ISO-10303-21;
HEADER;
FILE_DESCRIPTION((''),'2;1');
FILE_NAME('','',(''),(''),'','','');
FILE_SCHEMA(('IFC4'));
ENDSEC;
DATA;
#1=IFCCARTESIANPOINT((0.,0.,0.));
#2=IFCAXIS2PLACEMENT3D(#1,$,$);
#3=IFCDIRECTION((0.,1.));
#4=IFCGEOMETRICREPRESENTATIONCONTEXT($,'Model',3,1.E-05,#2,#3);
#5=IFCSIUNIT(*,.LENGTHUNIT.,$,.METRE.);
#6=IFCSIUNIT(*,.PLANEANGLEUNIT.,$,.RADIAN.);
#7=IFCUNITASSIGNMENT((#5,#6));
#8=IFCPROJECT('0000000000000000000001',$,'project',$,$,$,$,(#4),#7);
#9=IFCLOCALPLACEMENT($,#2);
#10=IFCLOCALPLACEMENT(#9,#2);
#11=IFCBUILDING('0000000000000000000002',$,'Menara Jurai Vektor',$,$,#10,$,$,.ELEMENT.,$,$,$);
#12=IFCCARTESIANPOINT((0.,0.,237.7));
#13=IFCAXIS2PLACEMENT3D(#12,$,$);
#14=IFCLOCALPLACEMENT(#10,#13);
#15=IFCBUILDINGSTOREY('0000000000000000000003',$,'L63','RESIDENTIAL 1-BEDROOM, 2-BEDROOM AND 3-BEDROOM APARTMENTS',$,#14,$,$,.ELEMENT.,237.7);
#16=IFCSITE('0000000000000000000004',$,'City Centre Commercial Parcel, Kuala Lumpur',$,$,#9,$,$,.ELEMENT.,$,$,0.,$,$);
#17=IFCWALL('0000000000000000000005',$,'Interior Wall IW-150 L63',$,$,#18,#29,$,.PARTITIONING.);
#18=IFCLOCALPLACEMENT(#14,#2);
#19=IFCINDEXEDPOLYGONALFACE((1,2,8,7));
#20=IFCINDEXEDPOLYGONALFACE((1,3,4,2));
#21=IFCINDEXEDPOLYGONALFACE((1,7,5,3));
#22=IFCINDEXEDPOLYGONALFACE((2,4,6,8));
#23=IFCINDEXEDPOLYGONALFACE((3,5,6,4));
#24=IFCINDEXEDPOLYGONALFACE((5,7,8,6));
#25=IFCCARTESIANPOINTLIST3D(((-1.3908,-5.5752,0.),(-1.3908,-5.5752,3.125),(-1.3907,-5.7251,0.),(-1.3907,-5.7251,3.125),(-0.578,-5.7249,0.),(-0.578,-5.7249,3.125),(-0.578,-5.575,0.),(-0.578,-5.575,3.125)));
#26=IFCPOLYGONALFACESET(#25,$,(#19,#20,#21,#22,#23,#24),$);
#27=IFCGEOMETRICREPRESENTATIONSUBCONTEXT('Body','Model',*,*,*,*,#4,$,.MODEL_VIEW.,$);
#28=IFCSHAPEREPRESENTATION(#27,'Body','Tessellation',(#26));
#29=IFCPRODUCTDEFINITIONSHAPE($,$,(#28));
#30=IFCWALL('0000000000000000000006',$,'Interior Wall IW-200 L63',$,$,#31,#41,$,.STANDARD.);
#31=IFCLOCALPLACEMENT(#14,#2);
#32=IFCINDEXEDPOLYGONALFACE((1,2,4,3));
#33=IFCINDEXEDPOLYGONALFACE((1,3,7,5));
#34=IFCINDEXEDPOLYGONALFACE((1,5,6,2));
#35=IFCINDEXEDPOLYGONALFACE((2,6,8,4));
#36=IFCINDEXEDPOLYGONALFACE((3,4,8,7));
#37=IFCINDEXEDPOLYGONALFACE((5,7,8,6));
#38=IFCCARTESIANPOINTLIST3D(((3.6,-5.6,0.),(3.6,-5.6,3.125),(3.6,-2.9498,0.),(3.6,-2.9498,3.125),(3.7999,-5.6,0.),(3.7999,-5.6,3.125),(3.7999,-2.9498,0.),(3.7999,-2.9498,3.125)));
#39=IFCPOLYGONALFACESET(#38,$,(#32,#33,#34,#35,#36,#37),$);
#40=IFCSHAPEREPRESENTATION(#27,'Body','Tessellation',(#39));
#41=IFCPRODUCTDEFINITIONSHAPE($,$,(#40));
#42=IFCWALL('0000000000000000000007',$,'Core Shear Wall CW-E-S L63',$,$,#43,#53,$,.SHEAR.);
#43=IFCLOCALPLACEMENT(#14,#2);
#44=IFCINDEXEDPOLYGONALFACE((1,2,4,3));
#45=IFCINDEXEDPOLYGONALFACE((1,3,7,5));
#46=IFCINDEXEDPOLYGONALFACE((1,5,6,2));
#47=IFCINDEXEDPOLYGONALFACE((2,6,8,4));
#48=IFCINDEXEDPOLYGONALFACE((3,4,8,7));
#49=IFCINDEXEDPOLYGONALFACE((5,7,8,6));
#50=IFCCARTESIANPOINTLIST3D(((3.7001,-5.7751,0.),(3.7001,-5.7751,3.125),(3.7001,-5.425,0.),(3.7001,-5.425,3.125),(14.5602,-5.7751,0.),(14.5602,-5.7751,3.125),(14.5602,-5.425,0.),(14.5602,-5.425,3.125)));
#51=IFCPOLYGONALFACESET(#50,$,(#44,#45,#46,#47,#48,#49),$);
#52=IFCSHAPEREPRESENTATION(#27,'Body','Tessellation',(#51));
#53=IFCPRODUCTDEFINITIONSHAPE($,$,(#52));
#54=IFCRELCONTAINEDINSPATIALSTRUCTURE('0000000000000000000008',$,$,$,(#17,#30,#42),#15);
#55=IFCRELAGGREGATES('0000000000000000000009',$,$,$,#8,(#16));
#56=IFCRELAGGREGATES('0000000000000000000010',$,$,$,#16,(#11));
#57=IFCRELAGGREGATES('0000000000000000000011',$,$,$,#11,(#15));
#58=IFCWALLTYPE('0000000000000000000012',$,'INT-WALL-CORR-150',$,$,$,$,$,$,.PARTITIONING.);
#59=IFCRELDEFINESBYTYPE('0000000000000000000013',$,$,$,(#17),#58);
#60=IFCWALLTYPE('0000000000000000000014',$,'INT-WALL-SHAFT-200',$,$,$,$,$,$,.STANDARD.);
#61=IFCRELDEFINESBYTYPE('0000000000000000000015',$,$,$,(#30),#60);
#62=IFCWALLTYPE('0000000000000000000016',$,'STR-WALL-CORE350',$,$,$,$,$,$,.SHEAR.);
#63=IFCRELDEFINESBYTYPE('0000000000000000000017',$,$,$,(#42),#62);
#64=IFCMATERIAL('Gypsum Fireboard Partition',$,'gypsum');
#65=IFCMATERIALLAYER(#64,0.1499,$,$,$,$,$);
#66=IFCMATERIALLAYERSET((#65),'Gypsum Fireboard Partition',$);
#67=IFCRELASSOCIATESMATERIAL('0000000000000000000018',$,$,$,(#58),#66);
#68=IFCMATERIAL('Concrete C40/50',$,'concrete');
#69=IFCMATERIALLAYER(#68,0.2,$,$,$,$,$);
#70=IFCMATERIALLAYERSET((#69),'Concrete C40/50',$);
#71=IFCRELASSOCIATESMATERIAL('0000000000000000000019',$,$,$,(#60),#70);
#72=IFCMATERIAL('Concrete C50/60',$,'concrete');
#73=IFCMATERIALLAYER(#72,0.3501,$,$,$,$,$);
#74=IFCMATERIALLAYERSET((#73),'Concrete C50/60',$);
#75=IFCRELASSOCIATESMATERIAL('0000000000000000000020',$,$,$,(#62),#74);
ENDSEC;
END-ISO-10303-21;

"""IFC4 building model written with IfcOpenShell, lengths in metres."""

from ifc_helpers import new_model, si_unit, direction, frame, frame_2d, origin, place, context, subcontext, project, spatial, rectangle, extrude, material, layer, layer_set, type_object, element, save


model = new_model("IFC4")

# Units and contexts
model_context = context("Model", 3, precision=1e-05, world=origin(), true_north=direction((0.0, 1.0)))
body_context = subcontext(model_context, "Body", "Model", "MODEL_VIEW")
ifc_project = project(units=[si_unit("LENGTHUNIT", "METRE"), si_unit("PLANEANGLEUNIT", "RADIAN")], contexts=[model_context])

# Site, building, storey
site_placement = place(None, origin())
site = spatial("IfcSite", under=ifc_project, at=site_placement, Name="City Centre Commercial Parcel, Kuala Lumpur", CompositionType="ELEMENT", RefElevation=0.0)
building_placement = place(site_placement, origin())
building = spatial("IfcBuilding", under=site, at=building_placement, Name="Menara Jurai Vektor", CompositionType="ELEMENT")
storey_placement = place(building_placement, frame((0.0, 0.0, 237.7)))
storey = spatial("IfcBuildingStorey", under=building, at=storey_placement, Name="L63", Description="RESIDENTIAL 1-BEDROOM, 2-BEDROOM AND 3-BEDROOM APARTMENTS", CompositionType="ELEMENT", Elevation=237.7)

# Shared definitions
ifc_material_1 = material(Name="Concrete C50/60", Category="concrete")

# Shared definitions
ifc_material_2 = material(Name="Gypsum Fireboard Partition", Category="gypsum")
ifc_layer_1 = layer(ifc_material_2, 0.1499)
ifc_layer_set_1 = layer_set([ifc_layer_1], Name="Gypsum Fireboard Partition")
wall_type_1 = type_object("IfcWallType", Name="INT-WALL-CORR-150", PredefinedType="PARTITIONING", material=ifc_layer_set_1)

# Walls
wall_1_placement = place(storey_placement, frame((-1.3906, -5.6501, 0.0), z_axis=(0.0, 0.0, 1.0), x_axis=(1.0, 0.0003, 0.0)))
element("IfcWall", 1, at=wall_1_placement, inside=storey, type_object=wall_type_1, Name="Interior Wall IW-150 L63", PredefinedType="PARTITIONING", context=body_context, shape_type="SweptSolid", body=[
    extrude(rectangle(XDim=0.8127, YDim=0.1499, at=frame_2d((0.4062, 0.0))), origin(), (0.0, 0.0, 1.0), 3.125),
])
ifc_material_3 = material(Name="Concrete C40/50", Category="concrete")
ifc_layer_2 = layer(ifc_material_3, 0.2)
ifc_layer_set_2 = layer_set([ifc_layer_2], Name="Concrete C40/50")
wall_type_2 = type_object("IfcWallType", Name="INT-WALL-SHAFT-200", PredefinedType="STANDARD", material=ifc_layer_set_2)
wall_2_placement = place(storey_placement, frame((3.7, -5.6001, 0.0), z_axis=(0.0, 0.0, 1.0), x_axis=(0.0, 1.0, 0.0)))
element("IfcWall", 2, at=wall_2_placement, inside=storey, type_object=wall_type_2, Name="Interior Wall IW-200 L63", PredefinedType="STANDARD", context=body_context, shape_type="SweptSolid", body=[
    extrude(rectangle(XDim=2.6501, YDim=0.2, at=frame_2d((1.3252, 0.0))), origin(), (0.0, 0.0, 1.0), 3.125),
])

# Wall
ifc_layer_3 = layer(ifc_material_1, 0.3501)
ifc_layer_set_3 = layer_set([ifc_layer_3], Name="Concrete C50/60")
wall_type_3 = type_object("IfcWallType", Name="STR-WALL-CORE350", PredefinedType="SHEAR", material=ifc_layer_set_3)
wall_3_placement = place(storey_placement, frame((3.7, -5.6001, 0.0), z_axis=(0.0, 0.0, 1.0), x_axis=(1.0, 0.0, 0.0)))
element("IfcWall", 3, at=wall_3_placement, inside=storey, type_object=wall_type_3, Name="Core Shear Wall CW-E-S L63", PredefinedType="SHEAR", context=body_context, shape_type="SweptSolid", body=[
    extrude(rectangle(XDim=10.8601, YDim=0.3501, at=frame_2d((5.4302, 0.0))), origin(), (0.0, 0.0, 1.0), 3.125),
])

save(model, "model.ifc")
